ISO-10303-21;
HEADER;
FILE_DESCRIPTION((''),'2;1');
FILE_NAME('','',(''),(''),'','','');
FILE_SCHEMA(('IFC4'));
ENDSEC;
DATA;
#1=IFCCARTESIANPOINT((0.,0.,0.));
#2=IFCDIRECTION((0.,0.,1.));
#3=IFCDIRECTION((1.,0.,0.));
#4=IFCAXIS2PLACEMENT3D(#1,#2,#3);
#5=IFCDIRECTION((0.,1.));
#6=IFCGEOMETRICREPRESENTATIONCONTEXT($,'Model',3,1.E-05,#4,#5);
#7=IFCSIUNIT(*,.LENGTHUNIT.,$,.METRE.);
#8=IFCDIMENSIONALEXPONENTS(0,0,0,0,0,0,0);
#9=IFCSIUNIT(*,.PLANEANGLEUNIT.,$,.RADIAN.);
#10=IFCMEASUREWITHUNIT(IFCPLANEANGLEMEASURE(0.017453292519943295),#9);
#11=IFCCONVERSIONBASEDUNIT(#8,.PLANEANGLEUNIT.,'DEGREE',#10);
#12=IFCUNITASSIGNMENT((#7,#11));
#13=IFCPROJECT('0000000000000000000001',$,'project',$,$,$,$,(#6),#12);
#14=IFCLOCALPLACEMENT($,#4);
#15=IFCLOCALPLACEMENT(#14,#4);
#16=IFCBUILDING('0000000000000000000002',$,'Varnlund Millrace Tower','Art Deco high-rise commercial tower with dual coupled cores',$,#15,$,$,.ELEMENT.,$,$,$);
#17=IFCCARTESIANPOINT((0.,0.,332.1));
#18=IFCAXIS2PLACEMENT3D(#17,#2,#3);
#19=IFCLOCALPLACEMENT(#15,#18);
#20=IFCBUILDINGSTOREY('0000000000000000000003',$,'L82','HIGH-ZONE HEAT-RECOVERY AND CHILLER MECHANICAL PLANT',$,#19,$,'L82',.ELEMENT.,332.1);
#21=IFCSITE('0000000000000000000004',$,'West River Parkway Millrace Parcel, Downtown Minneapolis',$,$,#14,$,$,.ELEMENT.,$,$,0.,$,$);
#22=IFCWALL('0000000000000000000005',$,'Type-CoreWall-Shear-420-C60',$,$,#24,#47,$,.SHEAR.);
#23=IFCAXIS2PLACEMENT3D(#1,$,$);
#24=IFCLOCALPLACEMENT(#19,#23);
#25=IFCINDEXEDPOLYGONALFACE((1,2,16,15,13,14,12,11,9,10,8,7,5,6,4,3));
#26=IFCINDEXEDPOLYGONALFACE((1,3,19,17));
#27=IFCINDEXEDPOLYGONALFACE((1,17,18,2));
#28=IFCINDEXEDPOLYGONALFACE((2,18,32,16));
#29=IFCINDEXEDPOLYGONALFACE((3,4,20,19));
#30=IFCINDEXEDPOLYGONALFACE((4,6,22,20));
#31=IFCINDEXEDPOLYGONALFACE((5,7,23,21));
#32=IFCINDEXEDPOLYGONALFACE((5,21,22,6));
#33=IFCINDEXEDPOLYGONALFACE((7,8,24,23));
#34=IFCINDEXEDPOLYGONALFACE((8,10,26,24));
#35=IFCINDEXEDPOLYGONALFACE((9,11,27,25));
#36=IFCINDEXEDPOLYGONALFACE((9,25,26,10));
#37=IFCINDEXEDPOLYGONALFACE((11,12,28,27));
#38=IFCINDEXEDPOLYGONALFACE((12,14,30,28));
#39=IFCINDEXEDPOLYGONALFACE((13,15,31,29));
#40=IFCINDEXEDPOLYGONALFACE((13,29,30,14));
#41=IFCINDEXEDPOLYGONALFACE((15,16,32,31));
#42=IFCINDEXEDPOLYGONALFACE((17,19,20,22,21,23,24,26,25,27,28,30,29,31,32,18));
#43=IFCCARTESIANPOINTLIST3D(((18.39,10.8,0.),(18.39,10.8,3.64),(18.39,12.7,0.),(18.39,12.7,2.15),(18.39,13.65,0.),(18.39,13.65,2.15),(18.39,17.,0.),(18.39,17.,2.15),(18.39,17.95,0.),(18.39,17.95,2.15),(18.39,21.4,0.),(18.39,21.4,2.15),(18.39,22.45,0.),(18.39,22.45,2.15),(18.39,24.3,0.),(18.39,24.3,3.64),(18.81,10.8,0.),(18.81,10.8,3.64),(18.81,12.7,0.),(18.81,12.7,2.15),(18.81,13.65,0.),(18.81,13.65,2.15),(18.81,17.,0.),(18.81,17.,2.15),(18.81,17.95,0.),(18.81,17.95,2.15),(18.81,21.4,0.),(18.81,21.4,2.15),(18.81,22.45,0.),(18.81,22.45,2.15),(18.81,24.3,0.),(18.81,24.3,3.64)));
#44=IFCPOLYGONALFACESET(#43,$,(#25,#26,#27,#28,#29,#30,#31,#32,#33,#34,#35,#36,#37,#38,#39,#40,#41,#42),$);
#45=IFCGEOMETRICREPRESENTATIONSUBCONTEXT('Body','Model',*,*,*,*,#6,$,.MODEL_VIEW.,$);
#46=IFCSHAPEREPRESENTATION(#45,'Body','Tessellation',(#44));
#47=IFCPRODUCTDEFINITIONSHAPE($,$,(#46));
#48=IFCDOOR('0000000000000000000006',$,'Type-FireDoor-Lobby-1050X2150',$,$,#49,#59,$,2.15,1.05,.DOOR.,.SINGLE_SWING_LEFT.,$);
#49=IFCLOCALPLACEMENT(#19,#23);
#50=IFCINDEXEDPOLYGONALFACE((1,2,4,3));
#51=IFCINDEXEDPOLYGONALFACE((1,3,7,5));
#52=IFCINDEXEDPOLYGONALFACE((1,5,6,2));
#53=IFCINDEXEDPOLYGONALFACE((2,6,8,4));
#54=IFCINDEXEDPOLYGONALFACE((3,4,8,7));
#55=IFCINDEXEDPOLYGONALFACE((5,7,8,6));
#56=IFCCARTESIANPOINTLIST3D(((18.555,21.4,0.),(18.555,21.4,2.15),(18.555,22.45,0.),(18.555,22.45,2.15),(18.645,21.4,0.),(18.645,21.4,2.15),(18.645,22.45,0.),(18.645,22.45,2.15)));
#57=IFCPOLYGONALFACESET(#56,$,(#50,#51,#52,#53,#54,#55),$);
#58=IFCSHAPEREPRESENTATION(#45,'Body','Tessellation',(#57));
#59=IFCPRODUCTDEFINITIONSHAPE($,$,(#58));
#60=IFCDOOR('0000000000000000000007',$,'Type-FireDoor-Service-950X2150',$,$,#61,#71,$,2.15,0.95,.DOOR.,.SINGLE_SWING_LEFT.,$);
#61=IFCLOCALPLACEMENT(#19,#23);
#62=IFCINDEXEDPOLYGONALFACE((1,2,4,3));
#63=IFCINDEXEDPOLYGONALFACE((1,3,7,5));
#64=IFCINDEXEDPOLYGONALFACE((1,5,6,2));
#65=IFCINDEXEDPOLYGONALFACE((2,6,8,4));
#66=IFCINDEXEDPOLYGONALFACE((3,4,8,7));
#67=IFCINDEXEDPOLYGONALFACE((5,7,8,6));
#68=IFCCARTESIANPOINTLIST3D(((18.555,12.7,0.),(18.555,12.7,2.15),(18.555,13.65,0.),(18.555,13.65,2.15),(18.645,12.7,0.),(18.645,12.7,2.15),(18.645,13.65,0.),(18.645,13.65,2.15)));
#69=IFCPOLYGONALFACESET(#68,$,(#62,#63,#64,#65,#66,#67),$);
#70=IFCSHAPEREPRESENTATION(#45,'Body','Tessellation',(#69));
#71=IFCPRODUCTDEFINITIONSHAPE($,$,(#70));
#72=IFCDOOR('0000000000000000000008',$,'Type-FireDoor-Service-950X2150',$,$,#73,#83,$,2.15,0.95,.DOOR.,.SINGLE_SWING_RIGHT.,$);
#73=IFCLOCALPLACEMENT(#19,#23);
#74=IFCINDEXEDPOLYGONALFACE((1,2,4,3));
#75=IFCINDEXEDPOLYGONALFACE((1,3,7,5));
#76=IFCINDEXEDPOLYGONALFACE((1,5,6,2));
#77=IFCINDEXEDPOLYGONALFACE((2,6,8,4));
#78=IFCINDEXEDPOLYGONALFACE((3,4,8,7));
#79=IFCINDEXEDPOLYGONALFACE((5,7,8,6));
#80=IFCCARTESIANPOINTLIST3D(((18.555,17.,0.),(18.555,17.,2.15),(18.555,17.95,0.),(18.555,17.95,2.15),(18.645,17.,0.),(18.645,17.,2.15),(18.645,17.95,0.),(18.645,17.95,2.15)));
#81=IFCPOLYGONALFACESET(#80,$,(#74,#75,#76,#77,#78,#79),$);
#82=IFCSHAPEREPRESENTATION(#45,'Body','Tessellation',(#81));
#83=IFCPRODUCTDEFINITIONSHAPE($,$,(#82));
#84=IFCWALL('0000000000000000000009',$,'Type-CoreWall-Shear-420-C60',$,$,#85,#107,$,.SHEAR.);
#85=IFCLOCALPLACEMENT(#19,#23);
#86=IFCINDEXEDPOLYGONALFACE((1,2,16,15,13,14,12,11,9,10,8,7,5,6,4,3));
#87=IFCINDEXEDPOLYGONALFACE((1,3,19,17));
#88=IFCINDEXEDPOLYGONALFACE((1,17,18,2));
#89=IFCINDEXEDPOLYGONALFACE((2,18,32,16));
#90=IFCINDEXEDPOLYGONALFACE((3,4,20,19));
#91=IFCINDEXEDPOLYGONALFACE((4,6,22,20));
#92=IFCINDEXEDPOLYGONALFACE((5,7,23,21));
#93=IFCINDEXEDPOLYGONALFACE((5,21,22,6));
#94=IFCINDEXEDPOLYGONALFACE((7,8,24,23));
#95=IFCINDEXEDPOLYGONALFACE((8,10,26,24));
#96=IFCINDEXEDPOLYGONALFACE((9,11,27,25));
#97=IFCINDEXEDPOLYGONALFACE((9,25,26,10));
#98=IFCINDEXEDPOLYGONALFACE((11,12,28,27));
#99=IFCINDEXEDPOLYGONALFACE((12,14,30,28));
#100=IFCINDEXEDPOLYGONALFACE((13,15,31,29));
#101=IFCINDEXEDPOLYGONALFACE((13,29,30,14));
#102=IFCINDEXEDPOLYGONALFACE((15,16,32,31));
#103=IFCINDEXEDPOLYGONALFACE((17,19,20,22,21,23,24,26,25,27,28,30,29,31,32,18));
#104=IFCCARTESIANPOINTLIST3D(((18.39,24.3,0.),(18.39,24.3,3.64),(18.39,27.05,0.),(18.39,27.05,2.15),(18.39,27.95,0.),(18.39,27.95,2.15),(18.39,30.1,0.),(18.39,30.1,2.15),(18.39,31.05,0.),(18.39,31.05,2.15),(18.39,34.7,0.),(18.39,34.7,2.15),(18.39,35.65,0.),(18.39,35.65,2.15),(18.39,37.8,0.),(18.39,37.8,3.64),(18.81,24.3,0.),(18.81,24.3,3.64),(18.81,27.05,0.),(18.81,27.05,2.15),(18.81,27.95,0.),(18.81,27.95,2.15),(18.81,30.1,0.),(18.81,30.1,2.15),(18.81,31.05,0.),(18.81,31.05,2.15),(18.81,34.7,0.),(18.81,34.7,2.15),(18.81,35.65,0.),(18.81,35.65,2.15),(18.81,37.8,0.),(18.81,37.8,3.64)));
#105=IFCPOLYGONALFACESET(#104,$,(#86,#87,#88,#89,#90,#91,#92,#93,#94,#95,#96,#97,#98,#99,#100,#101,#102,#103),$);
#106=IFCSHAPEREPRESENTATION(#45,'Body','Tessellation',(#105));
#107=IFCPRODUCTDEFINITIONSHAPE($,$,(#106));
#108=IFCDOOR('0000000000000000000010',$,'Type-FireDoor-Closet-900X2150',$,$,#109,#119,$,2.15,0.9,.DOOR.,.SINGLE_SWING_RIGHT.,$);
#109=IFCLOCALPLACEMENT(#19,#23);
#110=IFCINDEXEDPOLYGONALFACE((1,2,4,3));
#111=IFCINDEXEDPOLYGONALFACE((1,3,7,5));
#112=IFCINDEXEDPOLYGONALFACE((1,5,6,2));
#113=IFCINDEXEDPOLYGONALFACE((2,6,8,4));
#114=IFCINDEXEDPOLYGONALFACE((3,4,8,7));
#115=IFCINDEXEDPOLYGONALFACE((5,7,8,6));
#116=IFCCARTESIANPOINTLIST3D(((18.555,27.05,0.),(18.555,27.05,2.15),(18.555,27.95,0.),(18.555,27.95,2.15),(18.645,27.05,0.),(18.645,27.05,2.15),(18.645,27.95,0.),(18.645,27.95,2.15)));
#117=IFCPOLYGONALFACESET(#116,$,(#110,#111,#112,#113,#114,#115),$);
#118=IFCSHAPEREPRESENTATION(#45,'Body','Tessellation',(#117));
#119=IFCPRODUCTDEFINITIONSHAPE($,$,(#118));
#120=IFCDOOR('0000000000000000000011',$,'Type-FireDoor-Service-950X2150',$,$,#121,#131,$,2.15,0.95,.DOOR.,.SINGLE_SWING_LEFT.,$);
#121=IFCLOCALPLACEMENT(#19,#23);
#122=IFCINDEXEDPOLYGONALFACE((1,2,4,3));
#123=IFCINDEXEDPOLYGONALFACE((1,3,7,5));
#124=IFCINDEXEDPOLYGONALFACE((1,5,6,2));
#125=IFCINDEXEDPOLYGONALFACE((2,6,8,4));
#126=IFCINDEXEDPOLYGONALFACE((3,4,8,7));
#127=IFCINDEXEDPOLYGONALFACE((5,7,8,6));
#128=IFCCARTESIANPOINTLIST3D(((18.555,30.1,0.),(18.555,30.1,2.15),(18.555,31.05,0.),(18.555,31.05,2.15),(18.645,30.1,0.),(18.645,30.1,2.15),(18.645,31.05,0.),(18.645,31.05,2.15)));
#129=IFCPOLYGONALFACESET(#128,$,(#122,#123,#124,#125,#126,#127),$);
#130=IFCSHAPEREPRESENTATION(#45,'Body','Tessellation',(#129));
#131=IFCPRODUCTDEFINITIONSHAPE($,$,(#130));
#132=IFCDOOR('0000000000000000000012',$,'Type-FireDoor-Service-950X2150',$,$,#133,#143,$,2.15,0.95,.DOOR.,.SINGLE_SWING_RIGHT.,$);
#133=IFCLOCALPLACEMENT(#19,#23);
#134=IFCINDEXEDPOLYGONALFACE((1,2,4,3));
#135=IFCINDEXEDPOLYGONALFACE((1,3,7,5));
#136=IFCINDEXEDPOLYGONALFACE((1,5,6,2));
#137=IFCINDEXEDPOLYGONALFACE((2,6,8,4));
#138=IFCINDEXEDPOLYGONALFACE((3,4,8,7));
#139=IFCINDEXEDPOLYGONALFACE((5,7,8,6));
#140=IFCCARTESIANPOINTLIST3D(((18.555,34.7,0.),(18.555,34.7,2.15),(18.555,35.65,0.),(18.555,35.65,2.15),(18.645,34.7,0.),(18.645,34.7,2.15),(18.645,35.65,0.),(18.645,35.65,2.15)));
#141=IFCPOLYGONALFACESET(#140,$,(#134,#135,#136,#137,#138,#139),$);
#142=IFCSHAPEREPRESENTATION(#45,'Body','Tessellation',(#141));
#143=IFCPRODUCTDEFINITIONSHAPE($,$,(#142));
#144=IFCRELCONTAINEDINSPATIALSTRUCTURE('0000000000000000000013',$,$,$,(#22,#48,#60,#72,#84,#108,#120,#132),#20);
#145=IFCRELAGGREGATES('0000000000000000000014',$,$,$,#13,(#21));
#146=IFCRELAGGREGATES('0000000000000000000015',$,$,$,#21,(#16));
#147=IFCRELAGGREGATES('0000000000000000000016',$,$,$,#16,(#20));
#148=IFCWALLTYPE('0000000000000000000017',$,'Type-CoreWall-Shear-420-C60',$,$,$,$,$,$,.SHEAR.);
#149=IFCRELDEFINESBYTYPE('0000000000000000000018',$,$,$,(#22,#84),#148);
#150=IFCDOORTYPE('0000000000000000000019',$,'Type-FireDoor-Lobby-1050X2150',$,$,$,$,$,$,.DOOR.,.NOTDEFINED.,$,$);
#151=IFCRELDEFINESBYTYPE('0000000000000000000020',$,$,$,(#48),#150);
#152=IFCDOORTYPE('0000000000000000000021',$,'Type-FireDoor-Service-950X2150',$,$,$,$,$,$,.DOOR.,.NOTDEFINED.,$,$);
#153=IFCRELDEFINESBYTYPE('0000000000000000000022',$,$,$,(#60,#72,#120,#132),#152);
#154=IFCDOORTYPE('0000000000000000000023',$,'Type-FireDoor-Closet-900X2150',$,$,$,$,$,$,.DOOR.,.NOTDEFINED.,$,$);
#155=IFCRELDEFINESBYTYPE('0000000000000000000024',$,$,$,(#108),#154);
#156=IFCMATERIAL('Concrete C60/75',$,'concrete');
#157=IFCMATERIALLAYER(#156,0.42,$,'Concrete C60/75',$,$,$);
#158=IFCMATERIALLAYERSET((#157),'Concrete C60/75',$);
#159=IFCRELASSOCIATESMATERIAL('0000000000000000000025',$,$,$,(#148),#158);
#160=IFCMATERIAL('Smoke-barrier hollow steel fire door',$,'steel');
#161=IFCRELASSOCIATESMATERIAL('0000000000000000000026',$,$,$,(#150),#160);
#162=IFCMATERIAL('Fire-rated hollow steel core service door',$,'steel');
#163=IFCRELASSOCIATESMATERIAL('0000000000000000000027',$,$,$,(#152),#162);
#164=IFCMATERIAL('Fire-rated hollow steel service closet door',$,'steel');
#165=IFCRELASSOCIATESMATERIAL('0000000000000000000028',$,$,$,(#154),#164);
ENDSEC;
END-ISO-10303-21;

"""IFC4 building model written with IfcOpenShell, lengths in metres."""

from ifc_helpers import new_model, entity, si_unit, converted_unit, direction, frame, origin_with_axes, origin_2d_with_axis, place, context, subcontext, project, spatial, polyline, rectangle, outline, extrude, material, layer, layer_set, type_object, element, fill, save


model = new_model("IFC4")

# Units and contexts
model_context = context("Model", 3, precision=1e-05, world=origin_with_axes(), true_north=direction((0.0, 1.0)))
body_context = subcontext(model_context, "Body", "Model", "MODEL_VIEW")
ifc_project = project(units=[si_unit("LENGTHUNIT", "METRE"), converted_unit("PLANEANGLEUNIT", "DEGREE", entity("IfcPlaneAngleMeasure", 0.017453292519943295), si_unit("PLANEANGLEUNIT", "RADIAN"), dimensions=[0, 0, 0, 0, 0, 0, 0])], contexts=[model_context])

# Site, building, storey
site_placement = place(None, origin_with_axes())
site = spatial("IfcSite", under=ifc_project, at=site_placement, Name="West River Parkway Millrace Parcel, Downtown Minneapolis", CompositionType="ELEMENT", RefElevation=0.0)
building_placement = place(site_placement, origin_with_axes())
building = spatial("IfcBuilding", under=site, at=building_placement, Name="Varnlund Millrace Tower", Description="Art Deco high-rise commercial tower with dual coupled cores", CompositionType="ELEMENT")
storey_placement = place(building_placement, frame((0.0, 0.0, 332.1), z_axis=(0.0, 0.0, 1.0), x_axis=(1.0, 0.0, 0.0)))
storey = spatial("IfcBuildingStorey", under=building, at=storey_placement, Name="L82", Description="HIGH-ZONE HEAT-RECOVERY AND CHILLER MECHANICAL PLANT", LongName="L82", CompositionType="ELEMENT", Elevation=332.1)

# Shared definitions
ifc_material_1 = material(Name="Concrete C60/75", Category="concrete")

# Shared definitions
ifc_layer_1 = layer(ifc_material_1, 0.42, Name="Concrete C60/75")
ifc_layer_set_1 = layer_set([ifc_layer_1], Name="Concrete C60/75")
wall_type = type_object("IfcWallType", Name="Type-CoreWall-Shear-420-C60", PredefinedType="SHEAR", material=ifc_layer_set_1)

# Walls, openings, doors
wall_1_placement = place(storey_placement, frame((18.6, 10.8, 0.0), z_axis=(0.0, 0.0, 1.0), x_axis=(0.0, 1.0, 0.0)))
wall_1 = element("IfcWall", 1, at=wall_1_placement, inside=storey, type_object=wall_type, Name="Type-CoreWall-Shear-420-C60", PredefinedType="SHEAR", context=body_context, shape_type="SweptSolid", body=[
    extrude(outline(polyline([(0.0, -0.21), (13.5, -0.21), (13.5, 0.21), (0.0, 0.21), (0.0, -0.21)])), origin_with_axes(), (0.0, 0.0, 1.0), 3.64),
])
opening_1_placement = place(wall_1_placement, frame((11.125, 0.0, 0.0), z_axis=(0.0, 0.0, 1.0), x_axis=(1.0, 0.0, 0.0)))
opening_1 = element("IfcOpeningElement", 2, at=opening_1_placement, cuts=wall_1, PredefinedType="OPENING", context=body_context, shape_type="SweptSolid", body=[
    extrude(rectangle(XDim=1.05, YDim=0.44, at=origin_2d_with_axis()), origin_with_axes(), (0.0, 0.0, 1.0), 2.15),
])
opening_2_placement = place(wall_1_placement, frame((2.375, 0.0, 0.0), z_axis=(0.0, 0.0, 1.0), x_axis=(1.0, 0.0, 0.0)))
opening_2 = element("IfcOpeningElement", 3, at=opening_2_placement, cuts=wall_1, PredefinedType="OPENING", context=body_context, shape_type="SweptSolid", body=[
    extrude(rectangle(XDim=0.95, YDim=0.44, at=origin_2d_with_axis()), origin_with_axes(), (0.0, 0.0, 1.0), 2.15),
])
opening_3_placement = place(wall_1_placement, frame((6.675, 0.0, 0.0), z_axis=(0.0, 0.0, 1.0), x_axis=(1.0, 0.0, 0.0)))
opening_3 = element("IfcOpeningElement", 4, at=opening_3_placement, cuts=wall_1, PredefinedType="OPENING", context=body_context, shape_type="SweptSolid", body=[
    extrude(rectangle(XDim=0.95, YDim=0.44, at=origin_2d_with_axis()), origin_with_axes(), (0.0, 0.0, 1.0), 2.15),
])
ifc_material_2 = material(Name="Smoke-barrier hollow steel fire door", Category="steel")
door_type_1 = type_object("IfcDoorType", Name="Type-FireDoor-Lobby-1050X2150", OperationType="NOTDEFINED", PredefinedType="DOOR", material=ifc_material_2)
door_1_placement = place(wall_1_placement, frame((11.125, 0.0, 0.0), z_axis=(0.0, 0.0, 1.0), x_axis=(1.0, 0.0, 0.0)))
door_1 = element("IfcDoor", 5, at=door_1_placement, inside=storey, type_object=door_type_1, Name="Type-FireDoor-Lobby-1050X2150", OperationType="SINGLE_SWING_LEFT", OverallHeight=2.15, OverallWidth=1.05, PredefinedType="DOOR", context=body_context, shape_type="SweptSolid", body=[
    extrude(rectangle(XDim=1.05, YDim=0.09, at=origin_2d_with_axis()), origin_with_axes(), (0.0, 0.0, 1.0), 2.15),
])
fill(opening_1, door_1)
ifc_material_3 = material(Name="Fire-rated hollow steel core service door", Category="steel")
door_type_2 = type_object("IfcDoorType", Name="Type-FireDoor-Service-950X2150", OperationType="NOTDEFINED", PredefinedType="DOOR", material=ifc_material_3)
door_2_placement = place(wall_1_placement, frame((2.375, 0.0, 0.0), z_axis=(0.0, 0.0, 1.0), x_axis=(1.0, 0.0, 0.0)))
door_2 = element("IfcDoor", 6, at=door_2_placement, inside=storey, type_object=door_type_2, Name="Type-FireDoor-Service-950X2150", OperationType="SINGLE_SWING_LEFT", OverallHeight=2.15, OverallWidth=0.95, PredefinedType="DOOR", context=body_context, shape_type="SweptSolid", body=[
    extrude(rectangle(XDim=0.95, YDim=0.09, at=origin_2d_with_axis()), origin_with_axes(), (0.0, 0.0, 1.0), 2.15),
])
fill(opening_2, door_2)
door_3_placement = place(wall_1_placement, frame((6.675, 0.0, 0.0), z_axis=(0.0, 0.0, 1.0), x_axis=(1.0, 0.0, 0.0)))
door_3 = element("IfcDoor", 7, at=door_3_placement, inside=storey, type_object=door_type_2, Name="Type-FireDoor-Service-950X2150", OperationType="SINGLE_SWING_RIGHT", OverallHeight=2.15, OverallWidth=0.95, PredefinedType="DOOR", context=body_context, shape_type="SweptSolid", body=[
    extrude(rectangle(XDim=0.95, YDim=0.09, at=origin_2d_with_axis()), origin_with_axes(), (0.0, 0.0, 1.0), 2.15),
])
fill(opening_3, door_3)
wall_2_placement = place(storey_placement, frame((18.6, 24.3, 0.0), z_axis=(0.0, 0.0, 1.0), x_axis=(0.0, 1.0, 0.0)))
wall_2 = element("IfcWall", 8, at=wall_2_placement, inside=storey, type_object=wall_type, Name="Type-CoreWall-Shear-420-C60", PredefinedType="SHEAR", context=body_context, shape_type="SweptSolid", body=[
    extrude(outline(polyline([(0.0, -0.21), (13.5, -0.21), (13.5, 0.21), (0.0, 0.21), (0.0, -0.21)])), origin_with_axes(), (0.0, 0.0, 1.0), 3.64),
])
opening_4_placement = place(wall_2_placement, frame((3.2, 0.0, 0.0), z_axis=(0.0, 0.0, 1.0), x_axis=(1.0, 0.0, 0.0)))
opening_4 = element("IfcOpeningElement", 9, at=opening_4_placement, cuts=wall_2, PredefinedType="OPENING", context=body_context, shape_type="SweptSolid", body=[
    extrude(rectangle(XDim=0.9, YDim=0.44, at=origin_2d_with_axis()), origin_with_axes(), (0.0, 0.0, 1.0), 2.15),
])
opening_5_placement = place(wall_2_placement, frame((6.275, 0.0, 0.0), z_axis=(0.0, 0.0, 1.0), x_axis=(1.0, 0.0, 0.0)))
opening_5 = element("IfcOpeningElement", 10, at=opening_5_placement, cuts=wall_2, PredefinedType="OPENING", context=body_context, shape_type="SweptSolid", body=[
    extrude(rectangle(XDim=0.95, YDim=0.44, at=origin_2d_with_axis()), origin_with_axes(), (0.0, 0.0, 1.0), 2.15),
])
opening_6_placement = place(wall_2_placement, frame((10.875, 0.0, 0.0), z_axis=(0.0, 0.0, 1.0), x_axis=(1.0, 0.0, 0.0)))
opening_6 = element("IfcOpeningElement", 11, at=opening_6_placement, cuts=wall_2, PredefinedType="OPENING", context=body_context, shape_type="SweptSolid", body=[
    extrude(rectangle(XDim=0.95, YDim=0.44, at=origin_2d_with_axis()), origin_with_axes(), (0.0, 0.0, 1.0), 2.15),
])
ifc_material_4 = material(Name="Fire-rated hollow steel service closet door", Category="steel")
door_type_3 = type_object("IfcDoorType", Name="Type-FireDoor-Closet-900X2150", OperationType="NOTDEFINED", PredefinedType="DOOR", material=ifc_material_4)
door_4_placement = place(wall_2_placement, frame((3.2, 0.0, 0.0), z_axis=(0.0, 0.0, 1.0), x_axis=(1.0, 0.0, 0.0)))
door_4 = element("IfcDoor", 12, at=door_4_placement, inside=storey, type_object=door_type_3, Name="Type-FireDoor-Closet-900X2150", OperationType="SINGLE_SWING_RIGHT", OverallHeight=2.15, OverallWidth=0.9, PredefinedType="DOOR", context=body_context, shape_type="SweptSolid", body=[
    extrude(rectangle(XDim=0.9, YDim=0.09, at=origin_2d_with_axis()), origin_with_axes(), (0.0, 0.0, 1.0), 2.15),
])
fill(opening_4, door_4)
door_5_placement = place(wall_2_placement, frame((6.275, 0.0, 0.0), z_axis=(0.0, 0.0, 1.0), x_axis=(1.0, 0.0, 0.0)))
door_5 = element("IfcDoor", 13, at=door_5_placement, inside=storey, type_object=door_type_2, Name="Type-FireDoor-Service-950X2150", OperationType="SINGLE_SWING_LEFT", OverallHeight=2.15, OverallWidth=0.95, PredefinedType="DOOR", context=body_context, shape_type="SweptSolid", body=[
    extrude(rectangle(XDim=0.95, YDim=0.09, at=origin_2d_with_axis()), origin_with_axes(), (0.0, 0.0, 1.0), 2.15),
])
fill(opening_5, door_5)
door_6_placement = place(wall_2_placement, frame((10.875, 0.0, 0.0), z_axis=(0.0, 0.0, 1.0), x_axis=(1.0, 0.0, 0.0)))
door_6 = element("IfcDoor", 14, at=door_6_placement, inside=storey, type_object=door_type_2, Name="Type-FireDoor-Service-950X2150", OperationType="SINGLE_SWING_RIGHT", OverallHeight=2.15, OverallWidth=0.95, PredefinedType="DOOR", context=body_context, shape_type="SweptSolid", body=[
    extrude(rectangle(XDim=0.95, YDim=0.09, at=origin_2d_with_axis()), origin_with_axes(), (0.0, 0.0, 1.0), 2.15),
])
fill(opening_6, door_6)

save(model, "model.ifc")
